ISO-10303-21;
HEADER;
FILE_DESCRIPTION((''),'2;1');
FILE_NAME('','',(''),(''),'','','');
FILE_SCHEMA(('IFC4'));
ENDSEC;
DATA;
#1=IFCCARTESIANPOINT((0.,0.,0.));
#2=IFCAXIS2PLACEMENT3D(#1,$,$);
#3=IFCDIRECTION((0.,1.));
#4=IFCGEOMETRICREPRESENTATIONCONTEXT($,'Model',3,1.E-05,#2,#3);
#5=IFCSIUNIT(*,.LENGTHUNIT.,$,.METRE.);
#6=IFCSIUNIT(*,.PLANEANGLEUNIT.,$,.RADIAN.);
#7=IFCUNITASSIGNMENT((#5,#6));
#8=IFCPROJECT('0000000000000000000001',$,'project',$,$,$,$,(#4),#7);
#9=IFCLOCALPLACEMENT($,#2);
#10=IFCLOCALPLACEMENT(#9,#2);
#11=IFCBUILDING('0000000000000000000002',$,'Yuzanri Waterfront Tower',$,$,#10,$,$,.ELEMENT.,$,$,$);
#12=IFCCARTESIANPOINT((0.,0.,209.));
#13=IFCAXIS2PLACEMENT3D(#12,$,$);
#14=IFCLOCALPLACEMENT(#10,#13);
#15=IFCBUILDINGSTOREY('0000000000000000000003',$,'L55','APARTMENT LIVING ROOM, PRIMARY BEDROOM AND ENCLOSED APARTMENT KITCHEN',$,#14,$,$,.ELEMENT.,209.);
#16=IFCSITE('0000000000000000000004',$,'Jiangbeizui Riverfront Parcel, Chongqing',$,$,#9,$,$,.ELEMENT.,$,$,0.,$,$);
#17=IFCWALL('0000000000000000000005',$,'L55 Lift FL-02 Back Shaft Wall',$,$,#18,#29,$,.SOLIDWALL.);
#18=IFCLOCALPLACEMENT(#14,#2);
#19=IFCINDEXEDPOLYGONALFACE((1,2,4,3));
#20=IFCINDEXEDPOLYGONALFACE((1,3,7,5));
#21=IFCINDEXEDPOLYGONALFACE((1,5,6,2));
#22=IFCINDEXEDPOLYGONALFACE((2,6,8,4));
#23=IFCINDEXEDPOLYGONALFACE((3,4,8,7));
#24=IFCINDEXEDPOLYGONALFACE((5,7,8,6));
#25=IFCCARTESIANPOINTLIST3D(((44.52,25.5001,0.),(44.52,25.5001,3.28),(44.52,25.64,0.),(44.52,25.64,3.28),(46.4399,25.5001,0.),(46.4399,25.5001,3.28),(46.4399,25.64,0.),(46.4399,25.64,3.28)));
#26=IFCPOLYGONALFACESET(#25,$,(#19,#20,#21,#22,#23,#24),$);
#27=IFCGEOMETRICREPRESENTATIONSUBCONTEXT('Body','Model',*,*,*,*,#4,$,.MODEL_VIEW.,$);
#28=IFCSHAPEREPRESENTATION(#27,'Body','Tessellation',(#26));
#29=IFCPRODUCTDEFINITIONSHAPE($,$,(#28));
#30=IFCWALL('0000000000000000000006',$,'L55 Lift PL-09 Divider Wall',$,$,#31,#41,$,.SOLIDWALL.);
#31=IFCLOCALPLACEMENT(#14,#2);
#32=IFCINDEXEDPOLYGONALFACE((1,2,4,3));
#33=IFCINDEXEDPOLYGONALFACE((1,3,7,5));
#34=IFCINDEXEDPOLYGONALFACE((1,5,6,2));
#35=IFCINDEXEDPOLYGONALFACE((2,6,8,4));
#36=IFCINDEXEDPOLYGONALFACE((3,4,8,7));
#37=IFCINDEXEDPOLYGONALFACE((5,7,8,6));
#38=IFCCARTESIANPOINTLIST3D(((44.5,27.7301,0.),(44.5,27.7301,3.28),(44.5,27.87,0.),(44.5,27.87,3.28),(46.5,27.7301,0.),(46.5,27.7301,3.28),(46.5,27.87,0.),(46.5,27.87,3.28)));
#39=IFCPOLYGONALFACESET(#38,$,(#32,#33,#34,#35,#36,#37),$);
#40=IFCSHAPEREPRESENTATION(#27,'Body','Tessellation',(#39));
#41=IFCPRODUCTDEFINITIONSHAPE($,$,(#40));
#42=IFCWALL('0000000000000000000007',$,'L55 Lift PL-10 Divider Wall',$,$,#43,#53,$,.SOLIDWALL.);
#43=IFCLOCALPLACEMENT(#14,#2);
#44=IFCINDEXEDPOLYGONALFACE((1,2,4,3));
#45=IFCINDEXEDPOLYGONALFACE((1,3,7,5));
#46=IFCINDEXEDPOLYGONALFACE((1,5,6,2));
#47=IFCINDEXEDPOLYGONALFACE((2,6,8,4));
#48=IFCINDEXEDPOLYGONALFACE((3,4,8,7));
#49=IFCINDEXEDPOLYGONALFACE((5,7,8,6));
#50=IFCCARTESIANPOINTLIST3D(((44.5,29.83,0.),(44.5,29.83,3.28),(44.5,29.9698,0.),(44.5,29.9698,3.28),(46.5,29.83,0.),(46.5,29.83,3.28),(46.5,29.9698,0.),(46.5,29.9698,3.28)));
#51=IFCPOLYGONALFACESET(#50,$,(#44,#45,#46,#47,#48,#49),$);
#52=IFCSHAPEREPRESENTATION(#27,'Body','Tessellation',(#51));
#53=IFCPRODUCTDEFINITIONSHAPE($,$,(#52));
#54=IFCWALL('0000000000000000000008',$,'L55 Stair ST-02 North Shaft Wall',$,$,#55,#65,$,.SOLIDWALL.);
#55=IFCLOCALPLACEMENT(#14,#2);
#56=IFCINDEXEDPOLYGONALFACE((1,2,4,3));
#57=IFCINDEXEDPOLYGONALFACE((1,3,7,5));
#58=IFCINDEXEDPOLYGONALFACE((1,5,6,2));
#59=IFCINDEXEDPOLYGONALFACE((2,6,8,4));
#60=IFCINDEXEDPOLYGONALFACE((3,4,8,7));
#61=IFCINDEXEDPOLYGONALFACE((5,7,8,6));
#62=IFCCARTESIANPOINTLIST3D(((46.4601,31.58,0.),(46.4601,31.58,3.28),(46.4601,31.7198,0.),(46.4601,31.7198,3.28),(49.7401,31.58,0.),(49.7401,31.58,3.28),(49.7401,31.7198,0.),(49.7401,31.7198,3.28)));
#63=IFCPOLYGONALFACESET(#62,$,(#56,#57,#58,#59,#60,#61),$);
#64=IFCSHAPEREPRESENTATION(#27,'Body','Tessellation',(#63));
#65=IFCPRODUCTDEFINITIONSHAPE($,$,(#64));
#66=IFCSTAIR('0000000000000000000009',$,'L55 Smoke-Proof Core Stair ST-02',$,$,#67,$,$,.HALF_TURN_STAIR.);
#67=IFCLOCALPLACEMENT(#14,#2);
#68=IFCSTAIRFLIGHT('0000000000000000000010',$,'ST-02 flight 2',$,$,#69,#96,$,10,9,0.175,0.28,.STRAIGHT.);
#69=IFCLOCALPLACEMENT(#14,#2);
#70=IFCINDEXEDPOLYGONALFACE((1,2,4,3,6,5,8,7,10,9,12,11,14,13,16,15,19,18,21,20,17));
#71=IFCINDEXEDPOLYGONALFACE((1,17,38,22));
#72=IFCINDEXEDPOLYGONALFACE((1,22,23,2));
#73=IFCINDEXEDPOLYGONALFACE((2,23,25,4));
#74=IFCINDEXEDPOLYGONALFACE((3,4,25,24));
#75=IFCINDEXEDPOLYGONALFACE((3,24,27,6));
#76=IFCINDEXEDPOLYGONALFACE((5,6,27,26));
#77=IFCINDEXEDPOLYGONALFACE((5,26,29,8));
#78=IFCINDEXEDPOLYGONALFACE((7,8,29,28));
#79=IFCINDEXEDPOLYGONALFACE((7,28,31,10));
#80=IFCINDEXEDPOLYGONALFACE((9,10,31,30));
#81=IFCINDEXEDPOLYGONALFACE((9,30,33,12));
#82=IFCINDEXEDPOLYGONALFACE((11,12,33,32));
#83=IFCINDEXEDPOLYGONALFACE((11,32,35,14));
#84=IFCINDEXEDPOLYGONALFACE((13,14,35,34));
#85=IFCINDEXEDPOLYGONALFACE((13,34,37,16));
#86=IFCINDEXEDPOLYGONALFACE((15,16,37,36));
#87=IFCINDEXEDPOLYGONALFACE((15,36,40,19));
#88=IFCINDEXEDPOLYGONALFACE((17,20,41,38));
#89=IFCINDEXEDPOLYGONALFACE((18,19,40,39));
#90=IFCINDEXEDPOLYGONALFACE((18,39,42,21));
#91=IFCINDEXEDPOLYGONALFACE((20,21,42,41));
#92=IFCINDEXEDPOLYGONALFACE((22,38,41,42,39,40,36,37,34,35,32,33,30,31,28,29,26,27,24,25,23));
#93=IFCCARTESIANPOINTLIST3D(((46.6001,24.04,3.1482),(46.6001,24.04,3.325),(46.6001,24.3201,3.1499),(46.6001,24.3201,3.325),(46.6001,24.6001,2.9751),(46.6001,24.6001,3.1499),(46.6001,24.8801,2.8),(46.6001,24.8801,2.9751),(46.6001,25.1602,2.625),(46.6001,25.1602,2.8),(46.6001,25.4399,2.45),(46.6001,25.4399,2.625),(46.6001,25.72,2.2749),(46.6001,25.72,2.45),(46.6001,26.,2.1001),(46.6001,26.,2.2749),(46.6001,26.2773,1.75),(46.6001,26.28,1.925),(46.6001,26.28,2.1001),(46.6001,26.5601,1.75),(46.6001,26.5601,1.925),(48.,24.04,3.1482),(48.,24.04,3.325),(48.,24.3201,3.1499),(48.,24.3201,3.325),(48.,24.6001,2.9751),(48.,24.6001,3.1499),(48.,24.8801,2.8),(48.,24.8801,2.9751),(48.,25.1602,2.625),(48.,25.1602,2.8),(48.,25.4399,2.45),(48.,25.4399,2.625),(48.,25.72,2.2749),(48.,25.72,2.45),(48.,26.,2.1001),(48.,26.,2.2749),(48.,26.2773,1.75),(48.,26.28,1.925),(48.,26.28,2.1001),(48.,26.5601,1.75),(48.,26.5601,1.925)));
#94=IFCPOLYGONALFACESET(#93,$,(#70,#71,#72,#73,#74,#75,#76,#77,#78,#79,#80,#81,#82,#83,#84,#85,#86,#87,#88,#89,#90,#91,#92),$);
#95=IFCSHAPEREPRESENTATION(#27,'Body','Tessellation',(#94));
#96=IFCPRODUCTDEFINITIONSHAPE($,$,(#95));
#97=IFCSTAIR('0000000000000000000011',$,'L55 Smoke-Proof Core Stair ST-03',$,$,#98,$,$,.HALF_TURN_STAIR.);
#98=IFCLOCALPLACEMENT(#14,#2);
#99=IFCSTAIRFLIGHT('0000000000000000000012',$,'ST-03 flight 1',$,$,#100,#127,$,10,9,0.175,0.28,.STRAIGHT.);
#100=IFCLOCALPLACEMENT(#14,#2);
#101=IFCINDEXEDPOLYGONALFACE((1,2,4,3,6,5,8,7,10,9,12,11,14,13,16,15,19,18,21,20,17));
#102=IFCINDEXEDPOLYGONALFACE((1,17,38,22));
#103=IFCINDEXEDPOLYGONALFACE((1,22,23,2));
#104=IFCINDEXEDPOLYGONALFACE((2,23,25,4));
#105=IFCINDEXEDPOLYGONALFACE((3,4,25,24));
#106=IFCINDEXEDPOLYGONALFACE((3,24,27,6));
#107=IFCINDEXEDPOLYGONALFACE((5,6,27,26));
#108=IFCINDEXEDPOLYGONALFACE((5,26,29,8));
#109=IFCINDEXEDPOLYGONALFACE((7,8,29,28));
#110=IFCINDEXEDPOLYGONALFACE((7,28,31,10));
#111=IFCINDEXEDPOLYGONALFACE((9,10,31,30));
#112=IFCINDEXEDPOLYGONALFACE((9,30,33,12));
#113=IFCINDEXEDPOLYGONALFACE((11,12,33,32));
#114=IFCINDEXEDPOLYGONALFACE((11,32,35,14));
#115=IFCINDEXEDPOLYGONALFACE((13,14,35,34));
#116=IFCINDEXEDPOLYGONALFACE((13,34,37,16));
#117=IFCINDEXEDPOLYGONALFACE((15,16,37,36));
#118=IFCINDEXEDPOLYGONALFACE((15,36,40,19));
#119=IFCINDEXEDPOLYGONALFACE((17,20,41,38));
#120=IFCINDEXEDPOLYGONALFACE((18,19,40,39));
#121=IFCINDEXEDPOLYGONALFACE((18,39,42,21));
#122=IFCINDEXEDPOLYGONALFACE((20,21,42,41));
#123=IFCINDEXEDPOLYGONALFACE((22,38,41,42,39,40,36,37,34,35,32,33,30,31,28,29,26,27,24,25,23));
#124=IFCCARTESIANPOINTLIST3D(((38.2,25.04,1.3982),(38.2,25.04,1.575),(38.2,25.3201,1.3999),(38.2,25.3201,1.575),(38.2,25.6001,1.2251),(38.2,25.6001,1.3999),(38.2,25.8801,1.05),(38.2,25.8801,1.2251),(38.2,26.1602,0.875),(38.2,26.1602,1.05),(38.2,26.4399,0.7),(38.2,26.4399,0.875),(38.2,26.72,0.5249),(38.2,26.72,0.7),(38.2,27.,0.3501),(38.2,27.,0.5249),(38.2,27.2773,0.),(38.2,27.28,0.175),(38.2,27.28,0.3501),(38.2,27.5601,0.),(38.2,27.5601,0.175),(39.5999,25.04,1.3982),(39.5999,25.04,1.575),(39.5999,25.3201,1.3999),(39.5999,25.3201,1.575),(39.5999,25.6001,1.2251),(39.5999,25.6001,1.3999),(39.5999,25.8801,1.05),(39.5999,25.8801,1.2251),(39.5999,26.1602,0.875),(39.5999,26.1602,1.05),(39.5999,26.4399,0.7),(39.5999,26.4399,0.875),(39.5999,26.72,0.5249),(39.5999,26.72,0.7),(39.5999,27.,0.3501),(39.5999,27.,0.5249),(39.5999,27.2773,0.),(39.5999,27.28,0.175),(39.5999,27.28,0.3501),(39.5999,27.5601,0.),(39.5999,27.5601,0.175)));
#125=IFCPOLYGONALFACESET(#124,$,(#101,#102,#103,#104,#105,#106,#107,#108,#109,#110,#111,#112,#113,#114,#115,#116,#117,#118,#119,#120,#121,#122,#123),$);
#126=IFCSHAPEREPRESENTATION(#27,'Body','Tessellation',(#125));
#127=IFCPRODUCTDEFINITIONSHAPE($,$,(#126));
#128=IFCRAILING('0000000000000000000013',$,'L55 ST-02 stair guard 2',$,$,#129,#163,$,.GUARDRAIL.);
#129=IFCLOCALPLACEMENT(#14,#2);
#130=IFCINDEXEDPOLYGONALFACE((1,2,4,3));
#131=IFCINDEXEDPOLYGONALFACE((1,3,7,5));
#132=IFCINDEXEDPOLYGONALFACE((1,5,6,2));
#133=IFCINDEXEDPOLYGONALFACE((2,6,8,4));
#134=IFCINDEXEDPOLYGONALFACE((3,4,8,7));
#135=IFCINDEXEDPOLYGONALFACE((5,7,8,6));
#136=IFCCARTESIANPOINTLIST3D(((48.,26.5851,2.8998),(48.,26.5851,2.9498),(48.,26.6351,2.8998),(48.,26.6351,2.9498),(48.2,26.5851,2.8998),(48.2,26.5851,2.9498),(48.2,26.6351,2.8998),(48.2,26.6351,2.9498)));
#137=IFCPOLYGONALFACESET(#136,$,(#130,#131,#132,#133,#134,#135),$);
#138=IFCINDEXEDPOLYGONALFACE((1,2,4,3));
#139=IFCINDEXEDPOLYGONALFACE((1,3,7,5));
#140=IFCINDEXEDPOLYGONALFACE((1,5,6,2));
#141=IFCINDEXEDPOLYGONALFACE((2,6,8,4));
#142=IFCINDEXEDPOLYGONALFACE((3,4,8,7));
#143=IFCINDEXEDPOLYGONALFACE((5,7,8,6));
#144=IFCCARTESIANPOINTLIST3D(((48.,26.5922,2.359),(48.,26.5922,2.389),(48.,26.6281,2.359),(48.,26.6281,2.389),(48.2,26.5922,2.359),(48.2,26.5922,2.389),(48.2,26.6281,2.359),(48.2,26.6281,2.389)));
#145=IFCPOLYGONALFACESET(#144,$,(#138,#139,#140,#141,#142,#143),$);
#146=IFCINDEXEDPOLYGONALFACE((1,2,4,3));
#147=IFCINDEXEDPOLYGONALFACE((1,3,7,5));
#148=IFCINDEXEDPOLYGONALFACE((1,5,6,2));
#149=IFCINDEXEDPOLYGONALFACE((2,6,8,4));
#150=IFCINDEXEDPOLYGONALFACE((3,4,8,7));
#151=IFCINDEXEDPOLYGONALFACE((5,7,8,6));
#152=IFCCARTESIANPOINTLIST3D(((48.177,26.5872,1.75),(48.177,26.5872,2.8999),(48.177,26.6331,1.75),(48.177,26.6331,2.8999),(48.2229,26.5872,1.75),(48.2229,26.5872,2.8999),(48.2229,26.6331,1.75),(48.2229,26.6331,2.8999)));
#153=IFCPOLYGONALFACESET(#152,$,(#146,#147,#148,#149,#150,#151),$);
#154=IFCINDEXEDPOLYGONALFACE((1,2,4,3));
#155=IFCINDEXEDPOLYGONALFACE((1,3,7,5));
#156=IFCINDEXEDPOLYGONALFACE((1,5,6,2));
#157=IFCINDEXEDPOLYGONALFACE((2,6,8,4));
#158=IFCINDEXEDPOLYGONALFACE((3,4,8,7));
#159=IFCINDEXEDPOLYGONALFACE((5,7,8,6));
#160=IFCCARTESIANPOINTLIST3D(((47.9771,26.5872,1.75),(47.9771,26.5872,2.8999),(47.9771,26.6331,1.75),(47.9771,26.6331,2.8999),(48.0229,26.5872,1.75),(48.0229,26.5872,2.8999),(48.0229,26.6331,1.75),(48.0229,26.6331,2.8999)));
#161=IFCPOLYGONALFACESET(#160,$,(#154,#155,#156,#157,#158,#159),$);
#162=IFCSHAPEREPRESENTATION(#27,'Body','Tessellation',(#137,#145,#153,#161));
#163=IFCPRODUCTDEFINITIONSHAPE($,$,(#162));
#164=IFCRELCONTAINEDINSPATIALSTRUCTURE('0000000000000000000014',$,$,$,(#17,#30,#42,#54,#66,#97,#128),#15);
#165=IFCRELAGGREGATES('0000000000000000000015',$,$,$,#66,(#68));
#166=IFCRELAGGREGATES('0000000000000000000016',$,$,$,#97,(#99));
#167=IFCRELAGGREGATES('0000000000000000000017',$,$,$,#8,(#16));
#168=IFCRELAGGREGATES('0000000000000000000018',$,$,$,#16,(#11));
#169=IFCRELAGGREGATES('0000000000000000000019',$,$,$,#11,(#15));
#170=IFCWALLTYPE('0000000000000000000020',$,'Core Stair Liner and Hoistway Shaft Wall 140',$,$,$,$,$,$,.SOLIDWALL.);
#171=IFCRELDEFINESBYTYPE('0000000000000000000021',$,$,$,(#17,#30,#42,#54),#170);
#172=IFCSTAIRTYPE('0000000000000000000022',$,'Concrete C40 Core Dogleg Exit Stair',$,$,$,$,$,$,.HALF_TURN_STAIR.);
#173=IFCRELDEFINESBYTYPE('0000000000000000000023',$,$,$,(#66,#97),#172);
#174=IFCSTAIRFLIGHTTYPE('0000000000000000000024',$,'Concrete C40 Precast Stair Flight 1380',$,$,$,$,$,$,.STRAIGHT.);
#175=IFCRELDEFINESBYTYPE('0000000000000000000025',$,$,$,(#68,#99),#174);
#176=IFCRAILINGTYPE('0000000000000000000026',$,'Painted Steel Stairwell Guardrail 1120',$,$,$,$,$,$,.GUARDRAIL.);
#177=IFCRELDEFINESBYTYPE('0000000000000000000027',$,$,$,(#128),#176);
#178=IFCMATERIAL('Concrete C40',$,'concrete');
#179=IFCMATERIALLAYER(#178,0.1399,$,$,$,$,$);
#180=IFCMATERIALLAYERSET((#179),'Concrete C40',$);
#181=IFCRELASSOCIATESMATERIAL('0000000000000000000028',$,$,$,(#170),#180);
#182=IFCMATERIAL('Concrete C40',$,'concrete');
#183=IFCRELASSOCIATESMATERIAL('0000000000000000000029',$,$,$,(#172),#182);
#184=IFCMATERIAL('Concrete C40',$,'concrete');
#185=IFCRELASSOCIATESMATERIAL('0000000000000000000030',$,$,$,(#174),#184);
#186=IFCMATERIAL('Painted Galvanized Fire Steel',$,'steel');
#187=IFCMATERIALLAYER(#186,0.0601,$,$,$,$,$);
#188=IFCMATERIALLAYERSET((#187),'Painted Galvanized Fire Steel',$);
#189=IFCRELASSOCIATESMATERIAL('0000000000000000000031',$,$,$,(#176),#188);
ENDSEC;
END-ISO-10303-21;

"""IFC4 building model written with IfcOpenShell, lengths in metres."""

from ifc_helpers import new_model, si_unit, direction, frame, frame_2d, origin, origin_2d, place, context, subcontext, project, spatial, polyline, rectangle, outline, extrude, source, transform, mapped, material, layer, layer_set, type_object, element, aggregate, save


model = new_model("IFC4")

# Units and contexts
model_context = context("Model", 3, precision=1e-05, world=origin(), true_north=direction((0.0, 1.0)))
body_context = subcontext(model_context, "Body", "Model", "MODEL_VIEW")
ifc_project = project(units=[si_unit("LENGTHUNIT", "METRE"), si_unit("PLANEANGLEUNIT", "RADIAN")], contexts=[model_context])

# Site, building, storey
site_placement = place(None, origin())
site = spatial("IfcSite", under=ifc_project, at=site_placement, Name="Jiangbeizui Riverfront Parcel, Chongqing", CompositionType="ELEMENT", RefElevation=0.0)
building_placement = place(site_placement, origin())
building = spatial("IfcBuilding", under=site, at=building_placement, Name="Yuzanri Waterfront Tower", CompositionType="ELEMENT")
storey_placement = place(building_placement, frame((0.0, 0.0, 209.0)))
storey = spatial("IfcBuildingStorey", under=building, at=storey_placement, Name="L55", Description="APARTMENT LIVING ROOM, PRIMARY BEDROOM AND ENCLOSED APARTMENT KITCHEN", CompositionType="ELEMENT", Elevation=209.0)

# Shared definitions
ifc_material_1 = material(Name="Concrete C40", Category="concrete")
ifc_layer_1 = layer(ifc_material_1, 0.1399)
ifc_layer_set_1 = layer_set([ifc_layer_1], Name="Concrete C40")
wall_type_1 = type_object("IfcWallType", Name="Core Stair Liner and Hoistway Shaft Wall 140", PredefinedType="SOLIDWALL", material=ifc_layer_set_1)

# Walls
shared_shape_1 = source(origin(), body_context, "Body", "SweptSolid", [
    extrude(rectangle(XDim=1.9199, YDim=0.1399, at=frame_2d((0.96, 0.0))), origin(), (0.0, 0.0, 1.0), 3.28),
])
wall_1_placement = place(storey_placement, frame((44.52, 25.5701, 0.0), z_axis=(0.0, 0.0, 1.0), x_axis=(1.0, 0.0, 0.0)))
element("IfcWall", 1, at=wall_1_placement, inside=storey, type_object=wall_type_1, Name="L55 Lift FL-02 Back Shaft Wall", PredefinedType="SOLIDWALL", context=body_context, shape_type="MappedRepresentation", body=[
    mapped(shared_shape_1, transform((0.0, 0.0, 0.0), scale=1.0)),
])
shared_shape_2 = source(origin(), body_context, "Body", "SweptSolid", [
    extrude(rectangle(XDim=2.0, YDim=0.1399, at=frame_2d((1.0, 0.0))), origin(), (0.0, 0.0, 1.0), 3.28),
])
for number, where, z_axis, x_axis, name in (
    (2, (44.5, 27.8, 0.0), (0.0, 0.0, 1.0), (1.0, 0.0, 0.0), "L55 Lift PL-09 Divider Wall"),
    (3, (44.5, 29.8999, 0.0), (0.0, 0.0, 1.0), (1.0, 0.0, 0.0), "L55 Lift PL-10 Divider Wall"),
):
    element("IfcWall", number, at=place(storey_placement, frame(where, z_axis=z_axis, x_axis=x_axis)), inside=storey, type_object=wall_type_1, Name=name, PredefinedType="SOLIDWALL", context=body_context, shape_type="MappedRepresentation", body=[
        mapped(shared_shape_2, transform((0.0, 0.0, 0.0), scale=1.0)),
    ])
shared_shape_3 = source(origin(), body_context, "Body", "SweptSolid", [
    extrude(rectangle(XDim=3.28, YDim=0.1399, at=frame_2d((1.6401, 0.0))), origin(), (0.0, 0.0, 1.0), 3.28),
])
wall_2_placement = place(storey_placement, frame((46.46, 31.6499, 0.0), z_axis=(0.0, 0.0, 1.0), x_axis=(1.0, 0.0, 0.0)))
element("IfcWall", 4, at=wall_2_placement, inside=storey, type_object=wall_type_1, Name="L55 Stair ST-02 North Shaft Wall", PredefinedType="SOLIDWALL", context=body_context, shape_type="MappedRepresentation", body=[
    mapped(shared_shape_3, transform((0.0, 0.0, 0.0), scale=1.0)),
])

# Stairs, stair flights
ifc_material_2 = material(Name="Concrete C40", Category="concrete")
stair_type = type_object("IfcStairType", Name="Concrete C40 Core Dogleg Exit Stair", PredefinedType="HALF_TURN_STAIR", material=ifc_material_2)
stair_1_placement = place(storey_placement, origin())
stair_1 = element("IfcStair", 5, at=stair_1_placement, inside=storey, type_object=stair_type, Name="L55 Smoke-Proof Core Stair ST-02", PredefinedType="HALF_TURN_STAIR")
ifc_material_3 = material(Name="Concrete C40", Category="concrete")
stair_flight_type = type_object("IfcStairFlightType", Name="Concrete C40 Precast Stair Flight 1380", PredefinedType="STRAIGHT", material=ifc_material_3)
shared_shape_4 = source(origin(), body_context, "Body", "SweptSolid", [
    extrude(outline(polyline([(0.0, 0.0), (0.0, 0.175), (0.28, 0.175), (0.28, 0.3501), (0.5601, 0.3501), (0.5601, 0.5249), (0.8401, 0.5249), (0.8401, 0.7), (1.1201, 0.7), (1.1201, 0.875), (1.3999, 0.875), (1.3999, 1.05), (1.6799, 1.05), (1.6799, 1.2251), (1.96, 1.2251), (1.96, 1.3999), (2.24, 1.3999), (2.24, 1.575), (2.52, 1.575), (2.52, 1.75), (2.52, 1.3982), (0.2827, 0.0), (0.0, 0.0)])), frame((0.0, 0.7, 0.0), z_axis=(0.0, -1.0, 0.0), x_axis=(1.0, 0.0, 0.0)), (0.0, 0.0, 1.0), 1.3999),
])
stair_flight_1_placement = place(storey_placement, frame((47.3, 26.5601, 1.75), z_axis=(0.0, 0.0, 1.0), x_axis=(0.0, -1.0, 0.0)))
stair_flight_1 = element("IfcStairFlight", 6, at=stair_flight_1_placement, type_object=stair_flight_type, Name="ST-02 flight 2", NumberOfRisers=10, NumberOfTreads=9, PredefinedType="STRAIGHT", RiserHeight=0.175, TreadLength=0.28, context=body_context, shape_type="MappedRepresentation", body=[
    mapped(shared_shape_4, transform((0.0, 0.0, 0.0), scale=1.0)),
])
aggregate(stair_1, [stair_flight_1])
stair_2_placement = place(storey_placement, origin())
stair_2 = element("IfcStair", 7, at=stair_2_placement, inside=storey, type_object=stair_type, Name="L55 Smoke-Proof Core Stair ST-03", PredefinedType="HALF_TURN_STAIR")
stair_flight_2_placement = place(storey_placement, frame((38.8999, 27.5601, 0.0), z_axis=(0.0, 0.0, 1.0), x_axis=(0.0, -1.0, 0.0)))
stair_flight_2 = element("IfcStairFlight", 8, at=stair_flight_2_placement, type_object=stair_flight_type, Name="ST-03 flight 1", NumberOfRisers=10, NumberOfTreads=9, PredefinedType="STRAIGHT", RiserHeight=0.175, TreadLength=0.28, context=body_context, shape_type="MappedRepresentation", body=[
    mapped(shared_shape_4, transform((0.0, 0.0, 0.0), scale=1.0)),
])
aggregate(stair_2, [stair_flight_2])

# Railing
ifc_material_4 = material(Name="Painted Galvanized Fire Steel", Category="steel")
ifc_layer_2 = layer(ifc_material_4, 0.0601)
ifc_layer_set_2 = layer_set([ifc_layer_2], Name="Painted Galvanized Fire Steel")
railing_type_1 = type_object("IfcRailingType", Name="Painted Steel Stairwell Guardrail 1120", PredefinedType="GUARDRAIL", material=ifc_layer_set_2)
shared_shape_5 = source(origin(), body_context, "Body", "SweptSolid", [
    extrude(rectangle(XDim=0.05, YDim=0.05, at=origin_2d()), frame((0.0, 0.0, 1.1748), z_axis=(-1.0, 0.0, 0.0), x_axis=(0.0, -1.0, 0.0)), (0.0, 0.0, 1.0), 0.2),
    extrude(rectangle(XDim=0.0359, YDim=0.03, at=origin_2d()), frame((0.0, 0.0, 0.624), z_axis=(-1.0, 0.0, 0.0), x_axis=(0.0, -1.0, 0.0)), (0.0, 0.0, 1.0), 0.2),
    extrude(rectangle(XDim=0.0459, YDim=0.0459, at=origin_2d()), origin(), (0.0, 0.0, 1.0), 1.1499),
    extrude(rectangle(XDim=0.0459, YDim=0.0459, at=origin_2d()), frame((-0.2, 0.0, 0.0)), (0.0, 0.0, 1.0), 1.1499),
])
railing_1_placement = place(storey_placement, frame((48.2, 26.6101, 1.75)))
element("IfcRailing", 9, at=railing_1_placement, inside=storey, type_object=railing_type_1, Name="L55 ST-02 stair guard 2", PredefinedType="GUARDRAIL", context=body_context, shape_type="MappedRepresentation", body=[
    mapped(shared_shape_5, transform((0.0, 0.0, 0.0), scale=1.0)),
])

save(model, "model.ifc")
